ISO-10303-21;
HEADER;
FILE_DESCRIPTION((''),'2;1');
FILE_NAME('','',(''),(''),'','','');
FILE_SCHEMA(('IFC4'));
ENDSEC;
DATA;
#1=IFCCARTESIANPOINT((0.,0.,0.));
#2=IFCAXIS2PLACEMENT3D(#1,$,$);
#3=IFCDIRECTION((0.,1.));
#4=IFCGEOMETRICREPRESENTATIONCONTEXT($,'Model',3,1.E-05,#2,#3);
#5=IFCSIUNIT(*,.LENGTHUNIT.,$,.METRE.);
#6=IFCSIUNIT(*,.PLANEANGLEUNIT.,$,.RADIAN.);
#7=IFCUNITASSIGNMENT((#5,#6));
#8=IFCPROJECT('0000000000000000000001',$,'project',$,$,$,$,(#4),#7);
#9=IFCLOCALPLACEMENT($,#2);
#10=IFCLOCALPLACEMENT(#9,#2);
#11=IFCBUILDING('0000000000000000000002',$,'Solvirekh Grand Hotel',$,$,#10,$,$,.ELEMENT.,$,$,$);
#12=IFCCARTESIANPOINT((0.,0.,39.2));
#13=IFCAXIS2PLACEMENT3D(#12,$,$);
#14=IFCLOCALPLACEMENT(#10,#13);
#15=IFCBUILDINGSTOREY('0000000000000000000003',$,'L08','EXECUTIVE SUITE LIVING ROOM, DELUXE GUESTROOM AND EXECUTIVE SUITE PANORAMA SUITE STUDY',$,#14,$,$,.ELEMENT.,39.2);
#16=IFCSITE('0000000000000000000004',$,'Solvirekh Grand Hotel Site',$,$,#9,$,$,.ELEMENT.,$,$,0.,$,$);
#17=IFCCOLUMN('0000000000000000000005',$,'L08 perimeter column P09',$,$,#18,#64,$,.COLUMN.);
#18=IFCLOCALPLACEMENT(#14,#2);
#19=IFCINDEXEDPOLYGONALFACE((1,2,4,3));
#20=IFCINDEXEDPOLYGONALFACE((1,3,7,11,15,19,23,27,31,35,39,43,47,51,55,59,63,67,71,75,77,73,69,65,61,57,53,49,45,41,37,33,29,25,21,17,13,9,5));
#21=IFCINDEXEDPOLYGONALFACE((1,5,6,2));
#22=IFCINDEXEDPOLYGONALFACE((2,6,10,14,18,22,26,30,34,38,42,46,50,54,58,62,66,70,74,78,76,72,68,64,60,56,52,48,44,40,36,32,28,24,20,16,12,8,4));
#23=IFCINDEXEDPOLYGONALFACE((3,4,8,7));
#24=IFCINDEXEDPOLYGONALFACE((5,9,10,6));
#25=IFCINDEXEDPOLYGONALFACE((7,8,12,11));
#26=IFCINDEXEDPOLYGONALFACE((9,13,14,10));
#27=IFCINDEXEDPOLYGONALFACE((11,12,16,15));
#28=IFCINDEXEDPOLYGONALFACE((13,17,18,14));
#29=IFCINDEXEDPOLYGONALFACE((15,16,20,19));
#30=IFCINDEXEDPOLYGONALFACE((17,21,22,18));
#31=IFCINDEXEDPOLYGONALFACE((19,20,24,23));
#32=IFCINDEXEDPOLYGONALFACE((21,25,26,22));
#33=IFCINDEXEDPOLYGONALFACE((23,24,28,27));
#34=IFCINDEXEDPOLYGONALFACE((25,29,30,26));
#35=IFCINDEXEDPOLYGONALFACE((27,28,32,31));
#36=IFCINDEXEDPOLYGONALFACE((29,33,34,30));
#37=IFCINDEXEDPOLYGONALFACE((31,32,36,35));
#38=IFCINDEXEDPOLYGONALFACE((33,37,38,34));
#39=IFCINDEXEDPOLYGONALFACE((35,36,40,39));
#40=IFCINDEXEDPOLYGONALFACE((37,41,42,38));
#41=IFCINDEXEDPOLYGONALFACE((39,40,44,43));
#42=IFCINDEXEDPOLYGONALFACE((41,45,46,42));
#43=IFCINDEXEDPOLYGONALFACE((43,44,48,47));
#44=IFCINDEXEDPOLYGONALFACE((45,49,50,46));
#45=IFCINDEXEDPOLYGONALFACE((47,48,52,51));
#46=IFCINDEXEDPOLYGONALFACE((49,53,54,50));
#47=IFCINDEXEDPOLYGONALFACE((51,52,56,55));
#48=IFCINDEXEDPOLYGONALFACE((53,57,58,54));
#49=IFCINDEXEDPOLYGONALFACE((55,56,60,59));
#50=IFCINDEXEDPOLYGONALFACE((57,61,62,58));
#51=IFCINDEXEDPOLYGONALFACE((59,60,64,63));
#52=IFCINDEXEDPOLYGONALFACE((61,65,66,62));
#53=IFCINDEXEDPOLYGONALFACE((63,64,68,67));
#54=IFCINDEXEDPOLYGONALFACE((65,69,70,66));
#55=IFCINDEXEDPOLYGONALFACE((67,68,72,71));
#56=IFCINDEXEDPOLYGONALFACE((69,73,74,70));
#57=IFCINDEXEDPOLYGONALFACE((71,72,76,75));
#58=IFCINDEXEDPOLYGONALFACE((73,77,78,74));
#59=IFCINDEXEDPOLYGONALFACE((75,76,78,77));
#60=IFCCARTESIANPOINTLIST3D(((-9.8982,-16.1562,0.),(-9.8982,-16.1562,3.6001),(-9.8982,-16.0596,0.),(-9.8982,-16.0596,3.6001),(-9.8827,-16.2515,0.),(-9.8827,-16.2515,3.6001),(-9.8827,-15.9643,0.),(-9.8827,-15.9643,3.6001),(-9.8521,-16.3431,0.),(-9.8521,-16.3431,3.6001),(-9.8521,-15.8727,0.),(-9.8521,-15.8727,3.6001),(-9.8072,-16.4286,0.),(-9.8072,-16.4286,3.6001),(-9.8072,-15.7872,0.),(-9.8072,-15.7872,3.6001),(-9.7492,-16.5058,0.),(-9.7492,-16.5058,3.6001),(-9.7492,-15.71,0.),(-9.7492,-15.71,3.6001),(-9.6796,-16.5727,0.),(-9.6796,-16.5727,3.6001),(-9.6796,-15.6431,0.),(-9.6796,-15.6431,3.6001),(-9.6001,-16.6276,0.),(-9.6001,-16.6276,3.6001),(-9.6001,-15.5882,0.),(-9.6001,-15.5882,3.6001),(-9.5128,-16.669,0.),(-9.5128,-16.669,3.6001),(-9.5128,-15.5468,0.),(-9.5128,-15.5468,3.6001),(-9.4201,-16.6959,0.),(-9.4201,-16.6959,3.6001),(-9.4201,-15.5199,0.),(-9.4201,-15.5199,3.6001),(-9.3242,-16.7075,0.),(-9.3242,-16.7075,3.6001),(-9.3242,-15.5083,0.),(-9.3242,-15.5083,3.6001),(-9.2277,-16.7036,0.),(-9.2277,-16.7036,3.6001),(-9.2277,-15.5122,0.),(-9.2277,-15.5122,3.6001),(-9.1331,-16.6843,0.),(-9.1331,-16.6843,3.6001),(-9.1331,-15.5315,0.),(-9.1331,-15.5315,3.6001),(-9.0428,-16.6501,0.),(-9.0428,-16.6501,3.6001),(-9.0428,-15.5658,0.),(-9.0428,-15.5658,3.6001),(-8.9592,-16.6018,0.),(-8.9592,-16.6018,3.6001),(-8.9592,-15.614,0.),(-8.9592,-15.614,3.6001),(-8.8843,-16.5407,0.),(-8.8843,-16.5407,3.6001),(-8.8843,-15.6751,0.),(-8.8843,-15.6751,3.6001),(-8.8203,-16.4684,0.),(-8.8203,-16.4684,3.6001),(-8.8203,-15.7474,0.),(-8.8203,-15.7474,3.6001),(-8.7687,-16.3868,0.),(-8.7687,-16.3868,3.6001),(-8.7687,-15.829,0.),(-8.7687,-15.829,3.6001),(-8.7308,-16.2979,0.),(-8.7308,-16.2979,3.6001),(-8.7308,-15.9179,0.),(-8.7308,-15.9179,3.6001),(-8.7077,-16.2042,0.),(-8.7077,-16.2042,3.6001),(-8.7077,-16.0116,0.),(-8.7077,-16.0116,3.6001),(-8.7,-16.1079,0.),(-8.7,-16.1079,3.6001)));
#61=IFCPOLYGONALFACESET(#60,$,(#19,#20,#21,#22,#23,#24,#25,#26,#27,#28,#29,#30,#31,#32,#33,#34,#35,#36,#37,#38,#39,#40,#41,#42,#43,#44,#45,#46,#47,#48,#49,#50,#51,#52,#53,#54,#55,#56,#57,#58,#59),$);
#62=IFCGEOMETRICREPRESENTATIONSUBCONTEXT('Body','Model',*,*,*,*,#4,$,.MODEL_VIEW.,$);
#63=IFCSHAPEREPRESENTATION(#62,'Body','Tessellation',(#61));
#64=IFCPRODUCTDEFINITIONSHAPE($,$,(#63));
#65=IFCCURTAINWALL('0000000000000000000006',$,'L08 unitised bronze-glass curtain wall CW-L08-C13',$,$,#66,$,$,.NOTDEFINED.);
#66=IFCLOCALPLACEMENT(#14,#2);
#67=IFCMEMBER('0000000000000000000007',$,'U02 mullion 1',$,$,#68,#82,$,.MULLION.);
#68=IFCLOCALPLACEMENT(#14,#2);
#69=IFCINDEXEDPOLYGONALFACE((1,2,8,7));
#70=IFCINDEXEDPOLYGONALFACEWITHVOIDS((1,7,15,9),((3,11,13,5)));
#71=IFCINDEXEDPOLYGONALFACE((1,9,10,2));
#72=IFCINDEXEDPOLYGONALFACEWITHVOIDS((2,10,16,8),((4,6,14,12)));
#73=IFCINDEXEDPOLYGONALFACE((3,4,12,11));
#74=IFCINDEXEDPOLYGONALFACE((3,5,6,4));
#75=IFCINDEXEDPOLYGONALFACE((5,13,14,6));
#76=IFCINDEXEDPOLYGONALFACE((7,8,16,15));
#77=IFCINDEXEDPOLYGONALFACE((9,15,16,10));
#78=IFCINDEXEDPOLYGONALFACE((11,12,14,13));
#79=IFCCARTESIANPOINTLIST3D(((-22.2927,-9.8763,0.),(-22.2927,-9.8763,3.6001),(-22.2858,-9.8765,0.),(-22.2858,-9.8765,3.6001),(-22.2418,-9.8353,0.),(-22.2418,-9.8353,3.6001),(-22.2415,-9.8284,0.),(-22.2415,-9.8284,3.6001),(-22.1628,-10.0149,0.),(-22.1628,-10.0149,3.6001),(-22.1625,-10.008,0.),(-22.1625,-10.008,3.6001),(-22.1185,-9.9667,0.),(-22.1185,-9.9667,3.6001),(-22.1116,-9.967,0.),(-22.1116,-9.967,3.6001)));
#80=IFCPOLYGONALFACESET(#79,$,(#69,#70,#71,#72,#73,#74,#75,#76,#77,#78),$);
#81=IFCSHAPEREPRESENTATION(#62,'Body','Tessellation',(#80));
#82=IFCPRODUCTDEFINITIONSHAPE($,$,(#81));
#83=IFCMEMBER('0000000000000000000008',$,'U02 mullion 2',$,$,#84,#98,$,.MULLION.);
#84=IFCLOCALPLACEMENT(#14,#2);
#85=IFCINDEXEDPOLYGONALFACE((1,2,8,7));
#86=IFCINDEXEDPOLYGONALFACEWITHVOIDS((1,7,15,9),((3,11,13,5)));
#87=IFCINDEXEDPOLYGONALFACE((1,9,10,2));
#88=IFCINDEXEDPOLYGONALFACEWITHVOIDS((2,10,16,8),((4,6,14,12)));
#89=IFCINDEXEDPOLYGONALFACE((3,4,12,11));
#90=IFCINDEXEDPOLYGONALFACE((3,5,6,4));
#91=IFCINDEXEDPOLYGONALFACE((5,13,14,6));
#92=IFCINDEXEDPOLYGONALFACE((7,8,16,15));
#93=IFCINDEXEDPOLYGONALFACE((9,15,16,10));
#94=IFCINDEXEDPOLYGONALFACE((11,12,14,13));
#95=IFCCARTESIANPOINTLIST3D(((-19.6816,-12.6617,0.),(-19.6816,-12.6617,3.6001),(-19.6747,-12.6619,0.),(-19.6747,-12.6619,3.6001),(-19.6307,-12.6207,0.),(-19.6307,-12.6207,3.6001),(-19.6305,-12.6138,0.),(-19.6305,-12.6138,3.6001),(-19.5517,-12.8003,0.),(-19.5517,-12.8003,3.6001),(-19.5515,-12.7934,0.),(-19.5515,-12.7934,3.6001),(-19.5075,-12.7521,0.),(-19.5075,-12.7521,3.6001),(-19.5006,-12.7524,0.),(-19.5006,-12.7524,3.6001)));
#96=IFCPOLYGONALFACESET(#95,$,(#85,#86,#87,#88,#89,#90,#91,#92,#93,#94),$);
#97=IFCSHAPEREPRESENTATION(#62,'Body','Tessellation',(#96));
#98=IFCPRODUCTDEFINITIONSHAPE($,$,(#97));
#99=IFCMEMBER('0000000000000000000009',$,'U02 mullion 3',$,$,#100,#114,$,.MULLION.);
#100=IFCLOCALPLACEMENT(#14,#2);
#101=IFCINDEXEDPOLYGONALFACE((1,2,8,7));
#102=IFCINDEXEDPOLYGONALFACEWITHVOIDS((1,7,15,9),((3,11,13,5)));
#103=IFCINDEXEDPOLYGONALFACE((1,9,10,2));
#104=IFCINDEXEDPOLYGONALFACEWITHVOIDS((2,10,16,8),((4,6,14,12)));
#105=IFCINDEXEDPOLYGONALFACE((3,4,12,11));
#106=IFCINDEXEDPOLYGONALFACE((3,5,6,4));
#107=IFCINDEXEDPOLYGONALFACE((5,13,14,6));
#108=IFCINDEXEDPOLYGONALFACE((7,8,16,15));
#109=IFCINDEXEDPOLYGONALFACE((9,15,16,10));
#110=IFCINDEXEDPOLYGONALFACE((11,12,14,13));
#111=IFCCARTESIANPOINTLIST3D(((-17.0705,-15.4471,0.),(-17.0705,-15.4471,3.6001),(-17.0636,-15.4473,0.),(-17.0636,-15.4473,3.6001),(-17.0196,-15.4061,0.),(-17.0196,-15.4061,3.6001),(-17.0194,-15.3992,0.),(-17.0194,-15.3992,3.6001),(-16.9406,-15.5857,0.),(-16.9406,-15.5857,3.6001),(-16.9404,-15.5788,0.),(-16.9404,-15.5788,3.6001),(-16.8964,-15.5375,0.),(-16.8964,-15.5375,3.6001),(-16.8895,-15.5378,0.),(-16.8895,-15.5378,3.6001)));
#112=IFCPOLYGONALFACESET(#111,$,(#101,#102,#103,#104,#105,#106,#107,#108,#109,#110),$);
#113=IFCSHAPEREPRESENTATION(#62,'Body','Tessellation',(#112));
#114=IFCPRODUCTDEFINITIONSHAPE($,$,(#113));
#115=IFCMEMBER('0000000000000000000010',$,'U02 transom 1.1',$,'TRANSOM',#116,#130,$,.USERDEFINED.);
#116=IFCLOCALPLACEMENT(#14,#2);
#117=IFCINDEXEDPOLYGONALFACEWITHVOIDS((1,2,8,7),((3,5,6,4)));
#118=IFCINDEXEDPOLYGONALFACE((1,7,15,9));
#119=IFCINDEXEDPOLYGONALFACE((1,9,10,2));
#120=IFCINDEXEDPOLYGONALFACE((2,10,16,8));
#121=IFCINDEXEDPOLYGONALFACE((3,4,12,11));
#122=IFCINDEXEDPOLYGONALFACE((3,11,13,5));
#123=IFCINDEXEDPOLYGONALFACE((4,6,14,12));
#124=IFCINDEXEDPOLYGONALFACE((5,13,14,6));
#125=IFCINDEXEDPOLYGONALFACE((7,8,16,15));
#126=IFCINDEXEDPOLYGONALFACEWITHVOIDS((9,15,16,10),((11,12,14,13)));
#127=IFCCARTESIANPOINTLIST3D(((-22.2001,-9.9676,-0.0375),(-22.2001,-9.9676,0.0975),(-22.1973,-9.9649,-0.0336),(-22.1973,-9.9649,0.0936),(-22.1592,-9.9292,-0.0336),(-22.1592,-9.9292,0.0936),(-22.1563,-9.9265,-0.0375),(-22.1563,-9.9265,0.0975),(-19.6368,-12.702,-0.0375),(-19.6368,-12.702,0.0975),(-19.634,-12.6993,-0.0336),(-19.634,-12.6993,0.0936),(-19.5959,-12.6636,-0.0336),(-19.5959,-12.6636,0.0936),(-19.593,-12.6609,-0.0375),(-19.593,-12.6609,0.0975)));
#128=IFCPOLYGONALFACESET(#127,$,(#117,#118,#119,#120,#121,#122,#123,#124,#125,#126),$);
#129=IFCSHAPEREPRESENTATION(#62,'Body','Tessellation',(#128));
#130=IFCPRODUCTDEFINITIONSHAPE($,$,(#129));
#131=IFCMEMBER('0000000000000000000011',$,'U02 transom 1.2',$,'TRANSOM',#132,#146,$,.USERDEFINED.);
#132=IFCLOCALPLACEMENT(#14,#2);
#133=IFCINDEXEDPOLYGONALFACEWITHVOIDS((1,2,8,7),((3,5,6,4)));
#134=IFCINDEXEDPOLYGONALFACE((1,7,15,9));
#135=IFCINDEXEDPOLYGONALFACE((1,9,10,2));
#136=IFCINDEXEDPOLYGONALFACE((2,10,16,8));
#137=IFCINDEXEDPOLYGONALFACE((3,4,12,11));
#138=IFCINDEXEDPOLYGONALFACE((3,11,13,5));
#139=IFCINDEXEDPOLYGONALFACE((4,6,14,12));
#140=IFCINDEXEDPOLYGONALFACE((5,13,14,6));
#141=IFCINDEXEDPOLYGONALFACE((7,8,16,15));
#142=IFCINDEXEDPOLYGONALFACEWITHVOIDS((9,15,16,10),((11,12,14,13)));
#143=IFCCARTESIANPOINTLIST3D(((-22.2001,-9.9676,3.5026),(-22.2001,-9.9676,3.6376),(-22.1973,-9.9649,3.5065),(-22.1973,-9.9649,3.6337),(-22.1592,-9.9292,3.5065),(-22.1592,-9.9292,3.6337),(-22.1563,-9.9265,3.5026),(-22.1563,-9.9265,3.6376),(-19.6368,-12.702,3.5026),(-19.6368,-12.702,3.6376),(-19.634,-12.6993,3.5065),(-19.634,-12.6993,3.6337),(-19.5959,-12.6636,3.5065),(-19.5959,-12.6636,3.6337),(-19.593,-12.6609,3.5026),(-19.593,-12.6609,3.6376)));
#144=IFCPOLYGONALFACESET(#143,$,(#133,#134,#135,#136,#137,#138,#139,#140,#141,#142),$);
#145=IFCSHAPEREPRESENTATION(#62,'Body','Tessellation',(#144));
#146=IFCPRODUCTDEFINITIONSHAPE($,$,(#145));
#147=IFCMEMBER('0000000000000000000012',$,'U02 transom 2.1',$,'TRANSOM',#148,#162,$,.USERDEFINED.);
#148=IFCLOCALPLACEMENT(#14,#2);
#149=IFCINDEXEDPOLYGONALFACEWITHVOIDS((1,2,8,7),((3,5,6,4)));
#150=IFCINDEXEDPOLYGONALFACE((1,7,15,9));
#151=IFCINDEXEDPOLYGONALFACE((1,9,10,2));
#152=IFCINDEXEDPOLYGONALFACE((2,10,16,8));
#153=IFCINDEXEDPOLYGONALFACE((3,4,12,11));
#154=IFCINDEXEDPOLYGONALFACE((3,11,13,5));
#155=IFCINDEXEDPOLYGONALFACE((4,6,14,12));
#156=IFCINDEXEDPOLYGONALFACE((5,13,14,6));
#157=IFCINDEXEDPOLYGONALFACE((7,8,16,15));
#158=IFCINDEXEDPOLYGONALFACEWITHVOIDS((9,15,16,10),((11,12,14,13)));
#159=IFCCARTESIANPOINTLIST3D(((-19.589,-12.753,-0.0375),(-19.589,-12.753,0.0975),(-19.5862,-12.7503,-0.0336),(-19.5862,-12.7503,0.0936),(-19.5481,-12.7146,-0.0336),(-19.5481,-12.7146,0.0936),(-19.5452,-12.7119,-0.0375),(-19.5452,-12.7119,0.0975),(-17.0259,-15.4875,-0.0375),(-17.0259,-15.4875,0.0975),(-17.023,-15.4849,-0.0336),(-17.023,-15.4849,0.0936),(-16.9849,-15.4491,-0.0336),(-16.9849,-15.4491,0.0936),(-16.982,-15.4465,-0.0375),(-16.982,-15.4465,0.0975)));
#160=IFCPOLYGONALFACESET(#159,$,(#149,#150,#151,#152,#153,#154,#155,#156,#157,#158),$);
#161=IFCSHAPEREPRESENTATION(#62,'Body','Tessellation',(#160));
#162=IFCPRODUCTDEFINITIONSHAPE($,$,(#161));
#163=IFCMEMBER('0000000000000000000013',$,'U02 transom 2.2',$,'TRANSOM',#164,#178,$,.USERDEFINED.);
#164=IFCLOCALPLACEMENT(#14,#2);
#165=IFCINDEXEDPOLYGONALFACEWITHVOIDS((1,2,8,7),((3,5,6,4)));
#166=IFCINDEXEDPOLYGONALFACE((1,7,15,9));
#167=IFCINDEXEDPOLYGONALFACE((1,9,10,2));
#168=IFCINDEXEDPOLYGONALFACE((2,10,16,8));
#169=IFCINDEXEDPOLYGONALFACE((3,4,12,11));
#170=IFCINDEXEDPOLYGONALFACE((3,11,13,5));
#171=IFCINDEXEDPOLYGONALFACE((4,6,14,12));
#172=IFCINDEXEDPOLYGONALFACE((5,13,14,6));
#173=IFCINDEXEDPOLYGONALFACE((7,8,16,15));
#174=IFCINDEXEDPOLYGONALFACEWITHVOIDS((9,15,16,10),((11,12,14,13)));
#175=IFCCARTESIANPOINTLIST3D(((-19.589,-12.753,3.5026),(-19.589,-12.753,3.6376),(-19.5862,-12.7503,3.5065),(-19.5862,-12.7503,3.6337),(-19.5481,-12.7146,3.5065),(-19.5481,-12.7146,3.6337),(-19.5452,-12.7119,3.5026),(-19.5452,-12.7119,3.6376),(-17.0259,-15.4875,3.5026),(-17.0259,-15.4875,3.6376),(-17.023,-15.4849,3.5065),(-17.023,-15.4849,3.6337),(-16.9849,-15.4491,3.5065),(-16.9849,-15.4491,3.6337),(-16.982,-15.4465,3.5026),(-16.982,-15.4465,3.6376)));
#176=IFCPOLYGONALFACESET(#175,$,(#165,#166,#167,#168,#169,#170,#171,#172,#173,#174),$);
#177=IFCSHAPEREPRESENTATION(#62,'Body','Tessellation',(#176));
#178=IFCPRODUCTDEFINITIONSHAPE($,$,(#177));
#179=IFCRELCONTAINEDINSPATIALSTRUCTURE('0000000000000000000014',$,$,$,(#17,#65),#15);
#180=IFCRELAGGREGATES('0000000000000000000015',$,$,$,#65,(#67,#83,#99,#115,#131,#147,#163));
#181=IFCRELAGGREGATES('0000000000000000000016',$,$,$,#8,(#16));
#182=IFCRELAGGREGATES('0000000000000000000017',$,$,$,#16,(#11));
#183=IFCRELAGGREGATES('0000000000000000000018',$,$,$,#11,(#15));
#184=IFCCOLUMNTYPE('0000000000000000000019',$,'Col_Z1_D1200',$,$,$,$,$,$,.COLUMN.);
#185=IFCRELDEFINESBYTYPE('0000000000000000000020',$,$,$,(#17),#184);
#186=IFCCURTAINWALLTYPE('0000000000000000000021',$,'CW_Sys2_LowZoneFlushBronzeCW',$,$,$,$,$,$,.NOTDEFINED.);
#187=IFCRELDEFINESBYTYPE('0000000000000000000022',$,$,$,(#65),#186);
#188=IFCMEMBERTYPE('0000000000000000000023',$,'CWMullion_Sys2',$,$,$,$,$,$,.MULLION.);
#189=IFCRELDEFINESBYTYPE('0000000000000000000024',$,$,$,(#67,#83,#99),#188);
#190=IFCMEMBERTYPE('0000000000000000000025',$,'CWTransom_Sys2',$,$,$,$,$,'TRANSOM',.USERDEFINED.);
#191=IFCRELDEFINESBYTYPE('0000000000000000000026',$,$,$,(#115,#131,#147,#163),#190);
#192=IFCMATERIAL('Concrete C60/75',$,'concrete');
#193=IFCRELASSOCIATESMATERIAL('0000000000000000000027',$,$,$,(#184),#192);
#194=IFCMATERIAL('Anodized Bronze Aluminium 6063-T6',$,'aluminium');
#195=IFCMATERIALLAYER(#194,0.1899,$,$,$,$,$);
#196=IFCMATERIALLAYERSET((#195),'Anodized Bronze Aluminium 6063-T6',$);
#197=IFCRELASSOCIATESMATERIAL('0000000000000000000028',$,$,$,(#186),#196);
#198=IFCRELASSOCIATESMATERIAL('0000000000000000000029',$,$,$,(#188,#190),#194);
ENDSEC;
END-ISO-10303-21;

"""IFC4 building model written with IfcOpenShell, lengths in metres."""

from ifc_helpers import new_model, si_unit, direction, frame, origin, origin_2d, place, context, subcontext, project, spatial, hollow_rectangle, circle, extrude, source, transform, mapped, material, layer, layer_set, material_profile, profile_set, type_object, element, aggregate, save


model = new_model("IFC4")

# Units and contexts
model_context = context("Model", 3, precision=1e-05, world=origin(), true_north=direction((0.0, 1.0)))
body_context = subcontext(model_context, "Body", "Model", "MODEL_VIEW")
ifc_project = project(units=[si_unit("LENGTHUNIT", "METRE"), si_unit("PLANEANGLEUNIT", "RADIAN")], contexts=[model_context])

# Site, building, storey
site_placement = place(None, origin())
site = spatial("IfcSite", under=ifc_project, at=site_placement, Name="Solvirekh Grand Hotel Site", CompositionType="ELEMENT", RefElevation=0.0)
building_placement = place(site_placement, origin())
building = spatial("IfcBuilding", under=site, at=building_placement, Name="Solvirekh Grand Hotel", CompositionType="ELEMENT")
storey_placement = place(building_placement, frame((0.0, 0.0, 39.2)))
storey = spatial("IfcBuildingStorey", under=building, at=storey_placement, Name="L08", Description="EXECUTIVE SUITE LIVING ROOM, DELUXE GUESTROOM AND EXECUTIVE SUITE PANORAMA SUITE STUDY", CompositionType="ELEMENT", Elevation=39.2)

# Column
ifc_material_1 = material(Name="Concrete C60/75", Category="concrete")
ifc_material_profile_1 = material_profile(ifc_material_1, circle(Radius=0.6001, at=origin_2d()), Name="RC CIRC D1200")
ifc_profile_set_1 = profile_set([ifc_material_profile_1], Name="Concrete C60/75")
column_type = type_object("IfcColumnType", Name="Col_Z1_D1200", PredefinedType="COLUMN", material=ifc_profile_set_1)
column_placement = place(storey_placement, frame((-9.3, -16.1079, 0.0), z_axis=(0.0, 0.0, 1.0), x_axis=(1.0, 0.0, 0.0)))
element("IfcColumn", 1, at=column_placement, inside=storey, type_object=column_type, Name="L08 perimeter column P09", PredefinedType="COLUMN", context=body_context, shape_type="SweptSolid", body=[
    extrude(circle(Radius=0.6001, at=origin_2d()), origin(), (0.0, 0.0, 1.0), 3.6001),
])

# Curtain wall, members
ifc_material_2 = material(Name="Anodized Bronze Aluminium 6063-T6", Category="aluminium")
ifc_layer_1 = layer(ifc_material_2, 0.1899)
ifc_layer_set_1 = layer_set([ifc_layer_1], Name="Anodized Bronze Aluminium 6063-T6")
curtain_wall_type = type_object("IfcCurtainWallType", Name="CW_Sys2_LowZoneFlushBronzeCW", PredefinedType="NOTDEFINED", material=ifc_layer_set_1)
curtain_wall_placement = place(storey_placement, origin())
curtain_wall = element("IfcCurtainWall", 2, at=curtain_wall_placement, inside=storey, type_object=curtain_wall_type, Name="L08 unitised bronze-glass curtain wall CW-L08-C13", PredefinedType="NOTDEFINED")
ifc_material_profile_2 = material_profile(ifc_material_2, hollow_rectangle(XDim=0.0701, YDim=0.1899, WallThickness=0.0049, at=origin_2d()), Name="ALU RHS 190X70X5")
ifc_profile_set_2 = profile_set([ifc_material_profile_2], Name="Anodized Bronze Aluminium 6063-T6")
member_type_1 = type_object("IfcMemberType", Name="CWMullion_Sys2", PredefinedType="MULLION", material=ifc_profile_set_2)
shared_shape_1 = source(origin(), body_context, "Body", "SweptSolid", [
    extrude(hollow_rectangle(XDim=0.0701, YDim=0.1899, WallThickness=0.0049, at=origin_2d()), origin(), (0.0, 0.0, 1.0), 3.6001),
])
member_1_placement = place(storey_placement, frame((-22.2021, -9.9216, 0.0), z_axis=(0.0, 0.0, 1.0), x_axis=(0.729578, 0.683898, 0.0)))
member_1 = element("IfcMember", 3, at=member_1_placement, type_object=member_type_1, Name="U02 mullion 1", PredefinedType="MULLION", context=body_context, shape_type="MappedRepresentation", body=[
    mapped(shared_shape_1, transform((0.0, 0.0, 0.0), x_axis=(1.0, 0.0, 0.0), y_axis=(0.0, 1.0, 0.0), z_axis=(0.0, 0.0, 1.0), scale=1.0)),
])
member_2_placement = place(storey_placement, frame((-19.5911, -12.707, 0.0), z_axis=(0.0, 0.0, 1.0), x_axis=(0.729578, 0.683898, 0.0)))
member_2 = element("IfcMember", 4, at=member_2_placement, type_object=member_type_1, Name="U02 mullion 2", PredefinedType="MULLION", context=body_context, shape_type="MappedRepresentation", body=[
    mapped(shared_shape_1, transform((0.0, 0.0, 0.0), x_axis=(1.0, 0.0, 0.0), y_axis=(0.0, 1.0, 0.0), z_axis=(0.0, 0.0, 1.0), scale=1.0)),
])
member_3_placement = place(storey_placement, frame((-16.98, -15.4924, 0.0), z_axis=(0.0, 0.0, 1.0), x_axis=(0.729578, 0.683898, 0.0)))
member_3 = element("IfcMember", 5, at=member_3_placement, type_object=member_type_1, Name="U02 mullion 3", PredefinedType="MULLION", context=body_context, shape_type="MappedRepresentation", body=[
    mapped(shared_shape_1, transform((0.0, 0.0, 0.0), x_axis=(1.0, 0.0, 0.0), y_axis=(0.0, 1.0, 0.0), z_axis=(0.0, 0.0, 1.0), scale=1.0)),
])
ifc_material_profile_3 = material_profile(ifc_material_2, hollow_rectangle(XDim=0.0601, YDim=0.135, WallThickness=0.0039, at=origin_2d()), Name="ALU RHS 135X60X4")
ifc_profile_set_3 = profile_set([ifc_material_profile_3], Name="Anodized Bronze Aluminium 6063-T6")
member_type_2 = type_object("IfcMemberType", Name="CWTransom_Sys2", ElementType="TRANSOM", PredefinedType="USERDEFINED", material=ifc_profile_set_3)
shared_shape_2 = source(origin(), body_context, "Body", "SweptSolid", [
    extrude(hollow_rectangle(XDim=0.0601, YDim=0.135, WallThickness=0.0039, at=origin_2d()), origin(), (0.0, 0.0, 1.0), 3.748),
])
member_4_placement = place(storey_placement, frame((-22.1782, -9.947, 0.03), z_axis=(0.683906, -0.72957, 0.0), x_axis=(0.72957, 0.683906, 0.0)))
member_4 = element("IfcMember", 6, at=member_4_placement, type_object=member_type_2, Name="U02 transom 1.1", ObjectType="TRANSOM", PredefinedType="USERDEFINED", context=body_context, shape_type="MappedRepresentation", body=[
    mapped(shared_shape_2, transform((0.0, 0.0, 0.0), x_axis=(1.0, 0.0, 0.0), y_axis=(0.0, 1.0, 0.0), z_axis=(0.0, 0.0, 1.0), scale=1.0)),
])
member_5_placement = place(storey_placement, frame((-22.1782, -9.947, 3.5701), z_axis=(0.683906, -0.72957, 0.0), x_axis=(0.72957, 0.683906, 0.0)))
member_5 = element("IfcMember", 7, at=member_5_placement, type_object=member_type_2, Name="U02 transom 1.2", ObjectType="TRANSOM", PredefinedType="USERDEFINED", context=body_context, shape_type="MappedRepresentation", body=[
    mapped(shared_shape_2, transform((0.0, 0.0, 0.0), x_axis=(1.0, 0.0, 0.0), y_axis=(0.0, 1.0, 0.0), z_axis=(0.0, 0.0, 1.0), scale=1.0)),
])
member_6_placement = place(storey_placement, frame((-19.5671, -12.7324, 0.03), z_axis=(0.683874, -0.7296, 0.0), x_axis=(0.7296, 0.683874, 0.0)))
member_6 = element("IfcMember", 8, at=member_6_placement, type_object=member_type_2, Name="U02 transom 2.1", ObjectType="TRANSOM", PredefinedType="USERDEFINED", context=body_context, shape_type="MappedRepresentation", body=[
    mapped(shared_shape_2, transform((0.0, 0.0, 0.0), x_axis=(1.0, 0.0, 0.0), y_axis=(0.0, 1.0, 0.0), z_axis=(0.0, 0.0, 1.0), scale=1.0)),
])
member_7_placement = place(storey_placement, frame((-19.5671, -12.7324, 3.5701), z_axis=(0.683874, -0.7296, 0.0), x_axis=(0.7296, 0.683874, 0.0)))
member_7 = element("IfcMember", 9, at=member_7_placement, type_object=member_type_2, Name="U02 transom 2.2", ObjectType="TRANSOM", PredefinedType="USERDEFINED", context=body_context, shape_type="MappedRepresentation", body=[
    mapped(shared_shape_2, transform((0.0, 0.0, 0.0), x_axis=(1.0, 0.0, 0.0), y_axis=(0.0, 1.0, 0.0), z_axis=(0.0, 0.0, 1.0), scale=1.0)),
])
aggregate(curtain_wall, [member_1, member_2, member_3, member_4, member_5, member_6, member_7])

save(model, "model.ifc")
